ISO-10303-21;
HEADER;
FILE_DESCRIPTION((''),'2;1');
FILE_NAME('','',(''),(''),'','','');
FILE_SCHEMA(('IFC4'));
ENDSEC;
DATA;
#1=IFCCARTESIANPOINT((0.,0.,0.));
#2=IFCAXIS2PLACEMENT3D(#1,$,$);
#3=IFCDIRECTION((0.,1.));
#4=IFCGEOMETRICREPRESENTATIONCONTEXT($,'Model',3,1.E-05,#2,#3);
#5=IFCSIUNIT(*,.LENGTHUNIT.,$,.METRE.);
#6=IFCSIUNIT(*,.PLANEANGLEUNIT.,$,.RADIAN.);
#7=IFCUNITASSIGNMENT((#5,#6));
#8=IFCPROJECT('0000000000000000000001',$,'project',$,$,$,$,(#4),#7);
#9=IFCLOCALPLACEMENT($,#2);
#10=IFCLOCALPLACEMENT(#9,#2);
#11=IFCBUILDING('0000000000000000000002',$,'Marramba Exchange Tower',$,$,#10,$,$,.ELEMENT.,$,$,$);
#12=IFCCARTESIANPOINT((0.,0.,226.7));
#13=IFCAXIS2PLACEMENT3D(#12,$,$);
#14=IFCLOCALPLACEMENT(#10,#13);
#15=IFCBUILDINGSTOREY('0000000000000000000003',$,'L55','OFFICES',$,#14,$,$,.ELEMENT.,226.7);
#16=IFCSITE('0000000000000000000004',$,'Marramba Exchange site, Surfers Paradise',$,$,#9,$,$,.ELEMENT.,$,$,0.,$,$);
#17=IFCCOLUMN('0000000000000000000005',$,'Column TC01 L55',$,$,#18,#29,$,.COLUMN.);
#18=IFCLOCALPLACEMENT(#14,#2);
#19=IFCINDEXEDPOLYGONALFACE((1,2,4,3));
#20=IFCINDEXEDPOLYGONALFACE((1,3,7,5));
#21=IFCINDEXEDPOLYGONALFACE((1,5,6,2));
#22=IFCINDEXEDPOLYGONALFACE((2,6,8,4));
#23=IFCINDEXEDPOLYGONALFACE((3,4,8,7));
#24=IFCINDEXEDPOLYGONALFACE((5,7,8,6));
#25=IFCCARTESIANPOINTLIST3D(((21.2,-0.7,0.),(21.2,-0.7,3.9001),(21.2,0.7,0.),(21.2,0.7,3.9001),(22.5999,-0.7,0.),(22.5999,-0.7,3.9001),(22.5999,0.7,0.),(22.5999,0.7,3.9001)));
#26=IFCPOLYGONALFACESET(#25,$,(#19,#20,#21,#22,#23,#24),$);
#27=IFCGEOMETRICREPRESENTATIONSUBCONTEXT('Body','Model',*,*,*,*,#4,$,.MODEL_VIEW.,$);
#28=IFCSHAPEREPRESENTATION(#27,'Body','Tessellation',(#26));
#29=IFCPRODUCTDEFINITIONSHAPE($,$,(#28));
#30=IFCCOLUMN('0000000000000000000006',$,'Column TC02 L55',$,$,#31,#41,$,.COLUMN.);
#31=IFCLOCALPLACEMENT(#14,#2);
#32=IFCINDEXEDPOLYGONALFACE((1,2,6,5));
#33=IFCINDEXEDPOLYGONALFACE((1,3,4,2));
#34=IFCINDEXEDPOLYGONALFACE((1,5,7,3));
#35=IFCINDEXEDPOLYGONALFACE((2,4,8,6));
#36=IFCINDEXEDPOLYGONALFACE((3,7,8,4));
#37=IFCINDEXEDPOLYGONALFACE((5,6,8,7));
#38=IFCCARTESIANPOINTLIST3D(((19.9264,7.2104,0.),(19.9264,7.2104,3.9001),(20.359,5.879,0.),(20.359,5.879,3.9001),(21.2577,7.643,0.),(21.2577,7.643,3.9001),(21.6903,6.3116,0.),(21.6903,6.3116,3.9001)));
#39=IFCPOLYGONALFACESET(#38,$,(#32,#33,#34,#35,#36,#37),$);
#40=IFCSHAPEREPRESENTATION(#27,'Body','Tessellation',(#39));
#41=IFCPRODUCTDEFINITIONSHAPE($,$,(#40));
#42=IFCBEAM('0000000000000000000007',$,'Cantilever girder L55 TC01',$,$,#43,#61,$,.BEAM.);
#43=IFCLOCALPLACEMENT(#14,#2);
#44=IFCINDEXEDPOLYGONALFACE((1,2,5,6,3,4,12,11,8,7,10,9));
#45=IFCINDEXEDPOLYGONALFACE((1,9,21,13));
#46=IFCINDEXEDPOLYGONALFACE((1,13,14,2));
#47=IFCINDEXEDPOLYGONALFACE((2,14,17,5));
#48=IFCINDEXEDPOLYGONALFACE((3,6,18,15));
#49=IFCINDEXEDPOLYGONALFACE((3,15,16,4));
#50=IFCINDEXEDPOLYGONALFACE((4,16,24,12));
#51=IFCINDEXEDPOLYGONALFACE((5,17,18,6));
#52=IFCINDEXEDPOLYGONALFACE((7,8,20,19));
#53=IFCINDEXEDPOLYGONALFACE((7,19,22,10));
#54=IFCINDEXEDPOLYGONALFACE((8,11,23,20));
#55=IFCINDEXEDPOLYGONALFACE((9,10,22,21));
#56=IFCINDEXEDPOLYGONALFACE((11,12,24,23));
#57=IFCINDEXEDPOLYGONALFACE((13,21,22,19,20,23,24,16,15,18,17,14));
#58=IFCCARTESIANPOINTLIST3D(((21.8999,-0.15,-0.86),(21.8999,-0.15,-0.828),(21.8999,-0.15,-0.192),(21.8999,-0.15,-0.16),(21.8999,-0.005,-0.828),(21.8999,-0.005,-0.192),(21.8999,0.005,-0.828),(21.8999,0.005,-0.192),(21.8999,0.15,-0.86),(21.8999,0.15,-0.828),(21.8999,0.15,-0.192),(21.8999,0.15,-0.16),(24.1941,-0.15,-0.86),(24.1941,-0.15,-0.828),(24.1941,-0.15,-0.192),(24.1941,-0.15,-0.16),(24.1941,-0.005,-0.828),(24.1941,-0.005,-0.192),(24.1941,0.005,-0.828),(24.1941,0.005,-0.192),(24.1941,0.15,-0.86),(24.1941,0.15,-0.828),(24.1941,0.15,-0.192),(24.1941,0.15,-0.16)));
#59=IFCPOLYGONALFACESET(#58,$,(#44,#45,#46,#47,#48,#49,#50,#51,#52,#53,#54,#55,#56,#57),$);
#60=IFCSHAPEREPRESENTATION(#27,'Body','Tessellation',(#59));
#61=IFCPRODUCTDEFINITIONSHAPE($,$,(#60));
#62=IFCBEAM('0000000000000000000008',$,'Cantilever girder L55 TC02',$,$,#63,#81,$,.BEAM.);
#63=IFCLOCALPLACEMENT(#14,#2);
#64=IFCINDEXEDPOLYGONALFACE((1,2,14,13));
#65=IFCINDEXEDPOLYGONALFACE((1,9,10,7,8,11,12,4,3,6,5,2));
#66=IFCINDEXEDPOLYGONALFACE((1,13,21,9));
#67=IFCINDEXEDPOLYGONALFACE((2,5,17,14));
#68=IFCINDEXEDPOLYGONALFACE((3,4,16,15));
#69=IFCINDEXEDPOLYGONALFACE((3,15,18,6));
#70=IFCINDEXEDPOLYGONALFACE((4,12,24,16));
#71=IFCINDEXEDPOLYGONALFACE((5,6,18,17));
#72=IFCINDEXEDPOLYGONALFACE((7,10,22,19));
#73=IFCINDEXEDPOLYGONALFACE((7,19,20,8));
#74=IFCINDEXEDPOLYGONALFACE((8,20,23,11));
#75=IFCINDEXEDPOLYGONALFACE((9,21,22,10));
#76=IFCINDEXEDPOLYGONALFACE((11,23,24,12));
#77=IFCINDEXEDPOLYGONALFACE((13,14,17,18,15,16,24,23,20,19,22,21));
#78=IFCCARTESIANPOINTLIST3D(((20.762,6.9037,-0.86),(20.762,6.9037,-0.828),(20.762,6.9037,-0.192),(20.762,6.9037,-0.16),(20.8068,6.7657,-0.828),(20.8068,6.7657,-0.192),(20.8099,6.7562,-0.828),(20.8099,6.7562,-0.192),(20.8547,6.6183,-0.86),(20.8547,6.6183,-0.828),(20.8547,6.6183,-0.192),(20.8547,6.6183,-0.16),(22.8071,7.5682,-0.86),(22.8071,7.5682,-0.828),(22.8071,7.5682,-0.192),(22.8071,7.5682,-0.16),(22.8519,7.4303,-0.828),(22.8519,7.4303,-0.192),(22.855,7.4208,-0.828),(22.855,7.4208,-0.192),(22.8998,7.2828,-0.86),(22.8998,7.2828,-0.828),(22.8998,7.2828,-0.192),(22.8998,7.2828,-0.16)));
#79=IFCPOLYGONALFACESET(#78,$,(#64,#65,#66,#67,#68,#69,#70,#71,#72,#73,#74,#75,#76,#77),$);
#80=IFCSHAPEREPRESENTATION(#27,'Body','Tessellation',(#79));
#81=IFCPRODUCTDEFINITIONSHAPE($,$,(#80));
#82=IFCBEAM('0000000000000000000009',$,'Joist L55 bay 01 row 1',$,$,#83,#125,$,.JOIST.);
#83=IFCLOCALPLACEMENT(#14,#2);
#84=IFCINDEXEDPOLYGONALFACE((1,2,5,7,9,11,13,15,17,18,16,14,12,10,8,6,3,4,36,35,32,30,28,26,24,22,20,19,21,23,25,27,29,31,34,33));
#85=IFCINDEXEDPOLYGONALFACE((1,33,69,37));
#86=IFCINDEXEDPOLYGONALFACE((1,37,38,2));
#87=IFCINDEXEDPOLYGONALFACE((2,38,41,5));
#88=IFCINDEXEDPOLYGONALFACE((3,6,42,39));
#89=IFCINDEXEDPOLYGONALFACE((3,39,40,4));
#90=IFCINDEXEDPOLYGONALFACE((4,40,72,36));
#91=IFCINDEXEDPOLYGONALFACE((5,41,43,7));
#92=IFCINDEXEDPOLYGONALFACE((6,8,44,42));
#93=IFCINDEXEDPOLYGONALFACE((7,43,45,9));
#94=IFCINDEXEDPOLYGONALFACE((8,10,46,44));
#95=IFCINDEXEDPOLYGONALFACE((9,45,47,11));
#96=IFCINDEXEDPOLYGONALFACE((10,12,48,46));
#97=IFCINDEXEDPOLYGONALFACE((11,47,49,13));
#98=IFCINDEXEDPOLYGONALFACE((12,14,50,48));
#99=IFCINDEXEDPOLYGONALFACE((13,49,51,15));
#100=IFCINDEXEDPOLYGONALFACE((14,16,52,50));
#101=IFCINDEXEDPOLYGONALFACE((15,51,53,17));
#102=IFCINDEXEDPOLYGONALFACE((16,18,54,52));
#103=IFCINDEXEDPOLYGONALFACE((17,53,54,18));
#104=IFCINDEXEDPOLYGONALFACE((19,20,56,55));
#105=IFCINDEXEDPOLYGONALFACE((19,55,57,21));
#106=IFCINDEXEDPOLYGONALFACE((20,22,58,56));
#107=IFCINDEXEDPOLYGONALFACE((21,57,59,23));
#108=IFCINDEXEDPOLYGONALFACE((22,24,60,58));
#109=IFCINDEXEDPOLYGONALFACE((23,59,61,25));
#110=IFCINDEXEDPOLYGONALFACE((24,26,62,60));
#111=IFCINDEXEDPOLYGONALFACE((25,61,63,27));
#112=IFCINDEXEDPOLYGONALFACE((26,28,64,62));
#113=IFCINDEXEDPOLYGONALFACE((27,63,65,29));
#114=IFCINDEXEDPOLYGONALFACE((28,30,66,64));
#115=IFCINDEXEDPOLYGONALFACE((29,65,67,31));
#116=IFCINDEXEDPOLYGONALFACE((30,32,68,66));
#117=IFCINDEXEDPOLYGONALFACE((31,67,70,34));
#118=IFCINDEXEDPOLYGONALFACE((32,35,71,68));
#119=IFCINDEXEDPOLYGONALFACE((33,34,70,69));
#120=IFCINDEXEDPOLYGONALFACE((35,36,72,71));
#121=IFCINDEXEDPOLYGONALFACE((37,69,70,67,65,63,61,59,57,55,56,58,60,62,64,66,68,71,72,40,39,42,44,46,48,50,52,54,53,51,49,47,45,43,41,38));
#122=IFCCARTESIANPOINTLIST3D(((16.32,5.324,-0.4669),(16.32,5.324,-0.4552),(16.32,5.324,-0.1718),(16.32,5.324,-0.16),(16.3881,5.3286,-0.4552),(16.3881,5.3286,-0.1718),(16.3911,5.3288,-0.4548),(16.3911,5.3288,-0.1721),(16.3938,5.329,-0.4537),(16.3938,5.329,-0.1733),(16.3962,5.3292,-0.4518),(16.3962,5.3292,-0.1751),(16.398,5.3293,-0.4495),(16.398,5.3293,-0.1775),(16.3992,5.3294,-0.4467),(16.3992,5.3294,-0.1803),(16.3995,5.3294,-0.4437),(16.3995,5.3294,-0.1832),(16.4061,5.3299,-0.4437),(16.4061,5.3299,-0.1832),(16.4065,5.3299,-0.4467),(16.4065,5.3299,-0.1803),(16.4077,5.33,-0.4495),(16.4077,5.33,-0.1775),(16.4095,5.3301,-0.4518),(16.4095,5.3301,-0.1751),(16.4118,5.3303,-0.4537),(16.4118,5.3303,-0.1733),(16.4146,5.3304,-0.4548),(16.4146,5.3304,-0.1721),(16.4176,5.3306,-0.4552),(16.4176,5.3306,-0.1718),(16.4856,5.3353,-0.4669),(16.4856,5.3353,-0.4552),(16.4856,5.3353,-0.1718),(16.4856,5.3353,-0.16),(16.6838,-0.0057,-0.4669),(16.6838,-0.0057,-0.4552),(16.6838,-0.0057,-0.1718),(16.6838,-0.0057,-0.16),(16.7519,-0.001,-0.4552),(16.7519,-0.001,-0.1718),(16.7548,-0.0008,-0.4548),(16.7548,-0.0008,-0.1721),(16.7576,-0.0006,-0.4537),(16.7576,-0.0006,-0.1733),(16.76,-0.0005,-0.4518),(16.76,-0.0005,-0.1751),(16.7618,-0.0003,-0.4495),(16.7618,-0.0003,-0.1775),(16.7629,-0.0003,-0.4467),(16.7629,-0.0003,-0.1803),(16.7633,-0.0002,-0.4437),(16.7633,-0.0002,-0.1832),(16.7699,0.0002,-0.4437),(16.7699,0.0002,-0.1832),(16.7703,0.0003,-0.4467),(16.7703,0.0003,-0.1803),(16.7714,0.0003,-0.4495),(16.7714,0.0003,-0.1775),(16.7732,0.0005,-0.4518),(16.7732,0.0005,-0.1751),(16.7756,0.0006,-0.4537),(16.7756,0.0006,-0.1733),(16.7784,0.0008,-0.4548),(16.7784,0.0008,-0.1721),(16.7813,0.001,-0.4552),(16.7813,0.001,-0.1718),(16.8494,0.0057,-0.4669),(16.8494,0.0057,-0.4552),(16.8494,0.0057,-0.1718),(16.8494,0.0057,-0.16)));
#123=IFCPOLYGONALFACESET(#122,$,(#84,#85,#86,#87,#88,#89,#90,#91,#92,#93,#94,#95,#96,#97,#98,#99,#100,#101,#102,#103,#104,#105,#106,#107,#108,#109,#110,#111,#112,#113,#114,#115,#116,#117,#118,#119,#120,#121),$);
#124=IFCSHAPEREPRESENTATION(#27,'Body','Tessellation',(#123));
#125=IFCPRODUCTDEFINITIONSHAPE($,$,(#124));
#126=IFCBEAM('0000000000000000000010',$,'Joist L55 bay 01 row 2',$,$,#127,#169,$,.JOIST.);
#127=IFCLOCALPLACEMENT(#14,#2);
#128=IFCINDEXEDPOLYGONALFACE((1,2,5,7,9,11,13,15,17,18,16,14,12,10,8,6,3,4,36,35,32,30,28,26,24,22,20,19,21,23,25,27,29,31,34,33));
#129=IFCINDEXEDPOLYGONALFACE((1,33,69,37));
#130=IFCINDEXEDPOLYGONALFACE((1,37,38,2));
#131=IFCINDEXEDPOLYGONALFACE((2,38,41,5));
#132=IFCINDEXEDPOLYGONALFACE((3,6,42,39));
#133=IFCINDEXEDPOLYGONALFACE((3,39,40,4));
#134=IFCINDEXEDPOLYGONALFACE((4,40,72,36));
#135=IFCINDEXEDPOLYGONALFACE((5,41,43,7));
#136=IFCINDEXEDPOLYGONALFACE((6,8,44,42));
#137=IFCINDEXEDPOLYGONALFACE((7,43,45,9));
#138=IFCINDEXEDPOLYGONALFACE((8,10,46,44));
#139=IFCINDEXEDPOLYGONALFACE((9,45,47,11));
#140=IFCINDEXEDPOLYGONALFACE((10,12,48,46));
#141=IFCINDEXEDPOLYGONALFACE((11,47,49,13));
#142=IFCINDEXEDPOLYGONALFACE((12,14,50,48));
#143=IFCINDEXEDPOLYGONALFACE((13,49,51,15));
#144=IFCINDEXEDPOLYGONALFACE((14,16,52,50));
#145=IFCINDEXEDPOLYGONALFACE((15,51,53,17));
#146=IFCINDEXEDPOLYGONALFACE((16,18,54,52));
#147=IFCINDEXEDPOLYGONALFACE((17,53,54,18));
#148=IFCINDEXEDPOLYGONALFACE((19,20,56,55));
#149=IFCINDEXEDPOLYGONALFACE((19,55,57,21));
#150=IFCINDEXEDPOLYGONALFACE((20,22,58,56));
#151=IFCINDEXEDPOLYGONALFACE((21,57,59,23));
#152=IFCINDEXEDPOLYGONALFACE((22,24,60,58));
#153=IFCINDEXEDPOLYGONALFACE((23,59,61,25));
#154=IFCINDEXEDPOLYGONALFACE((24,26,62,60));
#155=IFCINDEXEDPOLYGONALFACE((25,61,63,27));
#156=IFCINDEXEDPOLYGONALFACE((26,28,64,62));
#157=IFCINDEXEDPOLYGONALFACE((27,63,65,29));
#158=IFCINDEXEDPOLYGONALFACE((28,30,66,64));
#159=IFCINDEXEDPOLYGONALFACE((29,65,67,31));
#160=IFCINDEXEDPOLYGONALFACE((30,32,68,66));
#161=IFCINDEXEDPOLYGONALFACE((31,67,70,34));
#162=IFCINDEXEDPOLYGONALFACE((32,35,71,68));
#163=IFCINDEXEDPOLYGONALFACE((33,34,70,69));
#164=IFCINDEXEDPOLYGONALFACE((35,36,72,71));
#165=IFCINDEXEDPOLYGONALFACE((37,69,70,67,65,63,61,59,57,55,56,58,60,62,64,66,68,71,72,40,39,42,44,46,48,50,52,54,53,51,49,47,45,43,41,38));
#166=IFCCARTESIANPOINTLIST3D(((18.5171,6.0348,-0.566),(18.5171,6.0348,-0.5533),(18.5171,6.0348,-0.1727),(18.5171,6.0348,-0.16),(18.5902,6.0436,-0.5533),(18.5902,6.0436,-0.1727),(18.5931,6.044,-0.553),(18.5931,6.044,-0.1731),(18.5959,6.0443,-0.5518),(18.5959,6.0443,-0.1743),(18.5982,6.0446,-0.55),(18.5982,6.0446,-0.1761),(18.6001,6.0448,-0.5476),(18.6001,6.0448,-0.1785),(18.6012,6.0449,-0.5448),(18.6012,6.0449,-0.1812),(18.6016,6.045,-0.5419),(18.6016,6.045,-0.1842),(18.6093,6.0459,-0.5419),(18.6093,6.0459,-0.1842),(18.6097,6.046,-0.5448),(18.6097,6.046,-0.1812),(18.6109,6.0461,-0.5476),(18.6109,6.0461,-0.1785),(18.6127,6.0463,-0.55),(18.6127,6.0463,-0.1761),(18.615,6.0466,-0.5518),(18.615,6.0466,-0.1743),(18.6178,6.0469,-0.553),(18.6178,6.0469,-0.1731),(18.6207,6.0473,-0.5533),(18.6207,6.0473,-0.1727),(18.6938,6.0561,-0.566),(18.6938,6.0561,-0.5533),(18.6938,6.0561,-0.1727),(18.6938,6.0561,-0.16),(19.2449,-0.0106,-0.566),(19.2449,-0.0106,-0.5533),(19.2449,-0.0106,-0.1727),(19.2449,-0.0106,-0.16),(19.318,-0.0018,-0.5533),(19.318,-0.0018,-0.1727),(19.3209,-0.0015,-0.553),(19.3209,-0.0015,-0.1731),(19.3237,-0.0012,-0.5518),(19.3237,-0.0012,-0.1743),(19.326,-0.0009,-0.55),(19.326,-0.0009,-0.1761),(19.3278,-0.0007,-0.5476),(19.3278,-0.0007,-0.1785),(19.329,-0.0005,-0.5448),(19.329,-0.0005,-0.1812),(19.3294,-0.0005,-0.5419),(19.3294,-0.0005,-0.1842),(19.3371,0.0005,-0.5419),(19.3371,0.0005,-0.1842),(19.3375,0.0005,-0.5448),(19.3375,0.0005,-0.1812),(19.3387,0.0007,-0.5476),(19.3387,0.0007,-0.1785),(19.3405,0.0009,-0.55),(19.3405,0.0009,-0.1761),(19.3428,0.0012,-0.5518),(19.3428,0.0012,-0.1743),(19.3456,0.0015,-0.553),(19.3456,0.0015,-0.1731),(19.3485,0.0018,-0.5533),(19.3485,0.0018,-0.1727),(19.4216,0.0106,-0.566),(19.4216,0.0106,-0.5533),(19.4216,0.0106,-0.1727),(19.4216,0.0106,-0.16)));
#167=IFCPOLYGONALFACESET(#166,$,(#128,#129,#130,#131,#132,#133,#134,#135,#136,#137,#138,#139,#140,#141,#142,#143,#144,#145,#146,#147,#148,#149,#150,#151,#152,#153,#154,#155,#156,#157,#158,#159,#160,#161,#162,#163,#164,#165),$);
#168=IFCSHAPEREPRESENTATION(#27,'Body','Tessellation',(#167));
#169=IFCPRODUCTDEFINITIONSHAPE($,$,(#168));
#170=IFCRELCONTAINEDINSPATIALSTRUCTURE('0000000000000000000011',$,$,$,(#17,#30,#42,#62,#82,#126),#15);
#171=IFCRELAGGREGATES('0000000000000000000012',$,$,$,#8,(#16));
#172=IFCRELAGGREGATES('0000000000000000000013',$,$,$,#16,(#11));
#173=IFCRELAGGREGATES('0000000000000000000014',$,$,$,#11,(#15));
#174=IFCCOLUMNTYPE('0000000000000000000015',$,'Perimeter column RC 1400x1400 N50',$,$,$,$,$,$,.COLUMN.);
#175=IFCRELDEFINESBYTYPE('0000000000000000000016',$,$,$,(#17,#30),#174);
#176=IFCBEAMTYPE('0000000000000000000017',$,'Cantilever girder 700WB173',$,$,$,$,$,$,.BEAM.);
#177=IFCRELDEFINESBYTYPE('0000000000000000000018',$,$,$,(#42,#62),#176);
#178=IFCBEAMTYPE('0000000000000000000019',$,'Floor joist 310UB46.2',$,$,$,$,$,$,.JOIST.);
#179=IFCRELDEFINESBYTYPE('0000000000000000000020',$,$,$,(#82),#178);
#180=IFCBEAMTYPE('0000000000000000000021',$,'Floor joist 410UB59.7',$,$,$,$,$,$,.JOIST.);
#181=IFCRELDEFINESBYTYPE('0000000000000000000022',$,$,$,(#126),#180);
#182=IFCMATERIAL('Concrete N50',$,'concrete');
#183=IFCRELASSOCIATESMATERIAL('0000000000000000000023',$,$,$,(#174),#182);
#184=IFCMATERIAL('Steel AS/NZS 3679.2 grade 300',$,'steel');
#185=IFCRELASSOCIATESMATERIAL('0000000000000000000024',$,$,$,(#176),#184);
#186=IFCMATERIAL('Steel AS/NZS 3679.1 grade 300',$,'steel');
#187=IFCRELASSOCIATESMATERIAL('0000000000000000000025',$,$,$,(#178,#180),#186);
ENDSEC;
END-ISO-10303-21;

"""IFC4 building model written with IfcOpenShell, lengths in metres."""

from ifc_helpers import new_model, si_unit, direction, frame, origin, origin_2d, place, context, subcontext, project, spatial, rectangle, i_section, extrude, material, material_profile, profile_set, type_object, element, save


model = new_model("IFC4")

# Units and contexts
model_context = context("Model", 3, precision=1e-05, world=origin(), true_north=direction((0.0, 1.0)))
body_context = subcontext(model_context, "Body", "Model", "MODEL_VIEW")
ifc_project = project(units=[si_unit("LENGTHUNIT", "METRE"), si_unit("PLANEANGLEUNIT", "RADIAN")], contexts=[model_context])

# Site, building, storey
site_placement = place(None, origin())
site = spatial("IfcSite", under=ifc_project, at=site_placement, Name="Marramba Exchange site, Surfers Paradise", CompositionType="ELEMENT", RefElevation=0.0)
building_placement = place(site_placement, origin())
building = spatial("IfcBuilding", under=site, at=building_placement, Name="Marramba Exchange Tower", CompositionType="ELEMENT")
storey_placement = place(building_placement, frame((0.0, 0.0, 226.7)))
storey = spatial("IfcBuildingStorey", under=building, at=storey_placement, Name="L55", Description="OFFICES", CompositionType="ELEMENT", Elevation=226.7)

# Columns
ifc_material_1 = material(Name="Concrete N50", Category="concrete")
ifc_material_profile_1 = material_profile(ifc_material_1, rectangle(XDim=1.3999, YDim=1.3999, at=origin_2d()), Name="RC 1400x1400")
ifc_profile_set_1 = profile_set([ifc_material_profile_1], Name="Concrete N50")
column_type = type_object("IfcColumnType", Name="Perimeter column RC 1400x1400 N50", PredefinedType="COLUMN", material=ifc_profile_set_1)
for number, where, z_axis, x_axis, name in (
    (1, (21.8999, 0.0, 0.0), (0.0, 0.0, 1.0), (1.0, 0.0, 0.0), "Column TC01 L55"),
    (2, (20.8083, 6.761, 0.0), (0.0, 0.0, 1.0), (0.951057, 0.309017, 0.0), "Column TC02 L55"),
):
    element("IfcColumn", number, at=place(storey_placement, frame(where, z_axis=z_axis, x_axis=x_axis)), inside=storey, type_object=column_type, Name=name, PredefinedType="COLUMN", context=body_context, shape_type="SweptSolid", body=[
        extrude(rectangle(XDim=1.3999, YDim=1.3999, at=origin_2d()), origin(), (0.0, 0.0, 1.0), 3.9001),
    ])

# Beams
ifc_material_2 = material(Name="Steel AS/NZS 3679.2 grade 300", Category="steel")
ifc_material_profile_2 = material_profile(ifc_material_2, i_section(OverallWidth=0.3, OverallDepth=0.7, WebThickness=0.01, FlangeThickness=0.032, at=origin_2d()), Name="700WB173")
ifc_profile_set_2 = profile_set([ifc_material_profile_2], Name="Steel AS/NZS 3679.2 grade 300")
beam_type_1 = type_object("IfcBeamType", Name="Cantilever girder 700WB173", PredefinedType="BEAM", material=ifc_profile_set_2)
beam_1_placement = place(storey_placement, frame((21.8999, 0.0, -0.51), z_axis=(1.0, 0.0, 0.0), x_axis=(0.0, 1.0, 0.0)))
element("IfcBeam", 3, at=beam_1_placement, inside=storey, type_object=beam_type_1, Name="Cantilever girder L55 TC01", PredefinedType="BEAM", context=body_context, shape_type="SweptSolid", body=[
    extrude(i_section(OverallWidth=0.3, OverallDepth=0.7, WebThickness=0.01, FlangeThickness=0.032, at=origin_2d()), origin(), (0.0, 0.0, 1.0), 2.2942),
])
beam_2_placement = place(storey_placement, frame((20.8083, 6.761, -0.51), z_axis=(0.951052, 0.309032, 0.0), x_axis=(-0.309032, 0.951052, 0.0)))
element("IfcBeam", 4, at=beam_2_placement, inside=storey, type_object=beam_type_1, Name="Cantilever girder L55 TC02", PredefinedType="BEAM", context=body_context, shape_type="SweptSolid", body=[
    extrude(i_section(OverallWidth=0.3, OverallDepth=0.7, WebThickness=0.01, FlangeThickness=0.032, at=origin_2d()), origin(), (0.0, 0.0, 1.0), 2.1504),
])
ifc_material_3 = material(Name="Steel AS/NZS 3679.1 grade 300", Category="steel")
ifc_material_profile_3 = material_profile(ifc_material_3, i_section(OverallWidth=0.166, OverallDepth=0.3069, WebThickness=0.0066, FlangeThickness=0.0117, FilletRadius=0.0115, at=origin_2d()), Name="310UB46.2")
ifc_profile_set_3 = profile_set([ifc_material_profile_3], Name="Steel AS/NZS 3679.1 grade 300")
beam_type_2 = type_object("IfcBeamType", Name="Floor joist 310UB46.2", PredefinedType="JOIST", material=ifc_profile_set_3)
beam_3_placement = place(storey_placement, frame((16.7666, 0.0, -0.3135), z_axis=(-0.068096, 0.997679, 0.0), x_axis=(-0.997679, -0.068096, 0.0)))
element("IfcBeam", 5, at=beam_3_placement, inside=storey, type_object=beam_type_2, Name="Joist L55 bay 01 row 1", PredefinedType="JOIST", context=body_context, shape_type="SweptSolid", body=[
    extrude(i_section(OverallWidth=0.166, OverallDepth=0.3069, WebThickness=0.0066, FlangeThickness=0.0117, FilletRadius=0.0115, at=origin_2d()), origin(), (0.0, 0.0, 1.0), 5.342),
])
ifc_material_profile_4 = material_profile(ifc_material_3, i_section(OverallWidth=0.178, OverallDepth=0.406, WebThickness=0.0078, FlangeThickness=0.0127, FilletRadius=0.0115, at=origin_2d()), Name="410UB59.7")
ifc_profile_set_4 = profile_set([ifc_material_profile_4], Name="Steel AS/NZS 3679.1 grade 300")
beam_type_3 = type_object("IfcBeamType", Name="Floor joist 410UB59.7", PredefinedType="JOIST", material=ifc_profile_set_4)
beam_4_placement = place(storey_placement, frame((19.3333, 0.0, -0.363), z_axis=(-0.119523, 0.992831, 0.0), x_axis=(-0.992831, -0.119523, 0.0)))
element("IfcBeam", 6, at=beam_4_placement, inside=storey, type_object=beam_type_3, Name="Joist L55 bay 01 row 2", PredefinedType="JOIST", context=body_context, shape_type="SweptSolid", body=[
    extrude(i_section(OverallWidth=0.178, OverallDepth=0.406, WebThickness=0.0078, FlangeThickness=0.0127, FilletRadius=0.0115, at=origin_2d()), origin(), (0.0, 0.0, 1.0), 6.0891),
])

save(model, "model.ifc")
